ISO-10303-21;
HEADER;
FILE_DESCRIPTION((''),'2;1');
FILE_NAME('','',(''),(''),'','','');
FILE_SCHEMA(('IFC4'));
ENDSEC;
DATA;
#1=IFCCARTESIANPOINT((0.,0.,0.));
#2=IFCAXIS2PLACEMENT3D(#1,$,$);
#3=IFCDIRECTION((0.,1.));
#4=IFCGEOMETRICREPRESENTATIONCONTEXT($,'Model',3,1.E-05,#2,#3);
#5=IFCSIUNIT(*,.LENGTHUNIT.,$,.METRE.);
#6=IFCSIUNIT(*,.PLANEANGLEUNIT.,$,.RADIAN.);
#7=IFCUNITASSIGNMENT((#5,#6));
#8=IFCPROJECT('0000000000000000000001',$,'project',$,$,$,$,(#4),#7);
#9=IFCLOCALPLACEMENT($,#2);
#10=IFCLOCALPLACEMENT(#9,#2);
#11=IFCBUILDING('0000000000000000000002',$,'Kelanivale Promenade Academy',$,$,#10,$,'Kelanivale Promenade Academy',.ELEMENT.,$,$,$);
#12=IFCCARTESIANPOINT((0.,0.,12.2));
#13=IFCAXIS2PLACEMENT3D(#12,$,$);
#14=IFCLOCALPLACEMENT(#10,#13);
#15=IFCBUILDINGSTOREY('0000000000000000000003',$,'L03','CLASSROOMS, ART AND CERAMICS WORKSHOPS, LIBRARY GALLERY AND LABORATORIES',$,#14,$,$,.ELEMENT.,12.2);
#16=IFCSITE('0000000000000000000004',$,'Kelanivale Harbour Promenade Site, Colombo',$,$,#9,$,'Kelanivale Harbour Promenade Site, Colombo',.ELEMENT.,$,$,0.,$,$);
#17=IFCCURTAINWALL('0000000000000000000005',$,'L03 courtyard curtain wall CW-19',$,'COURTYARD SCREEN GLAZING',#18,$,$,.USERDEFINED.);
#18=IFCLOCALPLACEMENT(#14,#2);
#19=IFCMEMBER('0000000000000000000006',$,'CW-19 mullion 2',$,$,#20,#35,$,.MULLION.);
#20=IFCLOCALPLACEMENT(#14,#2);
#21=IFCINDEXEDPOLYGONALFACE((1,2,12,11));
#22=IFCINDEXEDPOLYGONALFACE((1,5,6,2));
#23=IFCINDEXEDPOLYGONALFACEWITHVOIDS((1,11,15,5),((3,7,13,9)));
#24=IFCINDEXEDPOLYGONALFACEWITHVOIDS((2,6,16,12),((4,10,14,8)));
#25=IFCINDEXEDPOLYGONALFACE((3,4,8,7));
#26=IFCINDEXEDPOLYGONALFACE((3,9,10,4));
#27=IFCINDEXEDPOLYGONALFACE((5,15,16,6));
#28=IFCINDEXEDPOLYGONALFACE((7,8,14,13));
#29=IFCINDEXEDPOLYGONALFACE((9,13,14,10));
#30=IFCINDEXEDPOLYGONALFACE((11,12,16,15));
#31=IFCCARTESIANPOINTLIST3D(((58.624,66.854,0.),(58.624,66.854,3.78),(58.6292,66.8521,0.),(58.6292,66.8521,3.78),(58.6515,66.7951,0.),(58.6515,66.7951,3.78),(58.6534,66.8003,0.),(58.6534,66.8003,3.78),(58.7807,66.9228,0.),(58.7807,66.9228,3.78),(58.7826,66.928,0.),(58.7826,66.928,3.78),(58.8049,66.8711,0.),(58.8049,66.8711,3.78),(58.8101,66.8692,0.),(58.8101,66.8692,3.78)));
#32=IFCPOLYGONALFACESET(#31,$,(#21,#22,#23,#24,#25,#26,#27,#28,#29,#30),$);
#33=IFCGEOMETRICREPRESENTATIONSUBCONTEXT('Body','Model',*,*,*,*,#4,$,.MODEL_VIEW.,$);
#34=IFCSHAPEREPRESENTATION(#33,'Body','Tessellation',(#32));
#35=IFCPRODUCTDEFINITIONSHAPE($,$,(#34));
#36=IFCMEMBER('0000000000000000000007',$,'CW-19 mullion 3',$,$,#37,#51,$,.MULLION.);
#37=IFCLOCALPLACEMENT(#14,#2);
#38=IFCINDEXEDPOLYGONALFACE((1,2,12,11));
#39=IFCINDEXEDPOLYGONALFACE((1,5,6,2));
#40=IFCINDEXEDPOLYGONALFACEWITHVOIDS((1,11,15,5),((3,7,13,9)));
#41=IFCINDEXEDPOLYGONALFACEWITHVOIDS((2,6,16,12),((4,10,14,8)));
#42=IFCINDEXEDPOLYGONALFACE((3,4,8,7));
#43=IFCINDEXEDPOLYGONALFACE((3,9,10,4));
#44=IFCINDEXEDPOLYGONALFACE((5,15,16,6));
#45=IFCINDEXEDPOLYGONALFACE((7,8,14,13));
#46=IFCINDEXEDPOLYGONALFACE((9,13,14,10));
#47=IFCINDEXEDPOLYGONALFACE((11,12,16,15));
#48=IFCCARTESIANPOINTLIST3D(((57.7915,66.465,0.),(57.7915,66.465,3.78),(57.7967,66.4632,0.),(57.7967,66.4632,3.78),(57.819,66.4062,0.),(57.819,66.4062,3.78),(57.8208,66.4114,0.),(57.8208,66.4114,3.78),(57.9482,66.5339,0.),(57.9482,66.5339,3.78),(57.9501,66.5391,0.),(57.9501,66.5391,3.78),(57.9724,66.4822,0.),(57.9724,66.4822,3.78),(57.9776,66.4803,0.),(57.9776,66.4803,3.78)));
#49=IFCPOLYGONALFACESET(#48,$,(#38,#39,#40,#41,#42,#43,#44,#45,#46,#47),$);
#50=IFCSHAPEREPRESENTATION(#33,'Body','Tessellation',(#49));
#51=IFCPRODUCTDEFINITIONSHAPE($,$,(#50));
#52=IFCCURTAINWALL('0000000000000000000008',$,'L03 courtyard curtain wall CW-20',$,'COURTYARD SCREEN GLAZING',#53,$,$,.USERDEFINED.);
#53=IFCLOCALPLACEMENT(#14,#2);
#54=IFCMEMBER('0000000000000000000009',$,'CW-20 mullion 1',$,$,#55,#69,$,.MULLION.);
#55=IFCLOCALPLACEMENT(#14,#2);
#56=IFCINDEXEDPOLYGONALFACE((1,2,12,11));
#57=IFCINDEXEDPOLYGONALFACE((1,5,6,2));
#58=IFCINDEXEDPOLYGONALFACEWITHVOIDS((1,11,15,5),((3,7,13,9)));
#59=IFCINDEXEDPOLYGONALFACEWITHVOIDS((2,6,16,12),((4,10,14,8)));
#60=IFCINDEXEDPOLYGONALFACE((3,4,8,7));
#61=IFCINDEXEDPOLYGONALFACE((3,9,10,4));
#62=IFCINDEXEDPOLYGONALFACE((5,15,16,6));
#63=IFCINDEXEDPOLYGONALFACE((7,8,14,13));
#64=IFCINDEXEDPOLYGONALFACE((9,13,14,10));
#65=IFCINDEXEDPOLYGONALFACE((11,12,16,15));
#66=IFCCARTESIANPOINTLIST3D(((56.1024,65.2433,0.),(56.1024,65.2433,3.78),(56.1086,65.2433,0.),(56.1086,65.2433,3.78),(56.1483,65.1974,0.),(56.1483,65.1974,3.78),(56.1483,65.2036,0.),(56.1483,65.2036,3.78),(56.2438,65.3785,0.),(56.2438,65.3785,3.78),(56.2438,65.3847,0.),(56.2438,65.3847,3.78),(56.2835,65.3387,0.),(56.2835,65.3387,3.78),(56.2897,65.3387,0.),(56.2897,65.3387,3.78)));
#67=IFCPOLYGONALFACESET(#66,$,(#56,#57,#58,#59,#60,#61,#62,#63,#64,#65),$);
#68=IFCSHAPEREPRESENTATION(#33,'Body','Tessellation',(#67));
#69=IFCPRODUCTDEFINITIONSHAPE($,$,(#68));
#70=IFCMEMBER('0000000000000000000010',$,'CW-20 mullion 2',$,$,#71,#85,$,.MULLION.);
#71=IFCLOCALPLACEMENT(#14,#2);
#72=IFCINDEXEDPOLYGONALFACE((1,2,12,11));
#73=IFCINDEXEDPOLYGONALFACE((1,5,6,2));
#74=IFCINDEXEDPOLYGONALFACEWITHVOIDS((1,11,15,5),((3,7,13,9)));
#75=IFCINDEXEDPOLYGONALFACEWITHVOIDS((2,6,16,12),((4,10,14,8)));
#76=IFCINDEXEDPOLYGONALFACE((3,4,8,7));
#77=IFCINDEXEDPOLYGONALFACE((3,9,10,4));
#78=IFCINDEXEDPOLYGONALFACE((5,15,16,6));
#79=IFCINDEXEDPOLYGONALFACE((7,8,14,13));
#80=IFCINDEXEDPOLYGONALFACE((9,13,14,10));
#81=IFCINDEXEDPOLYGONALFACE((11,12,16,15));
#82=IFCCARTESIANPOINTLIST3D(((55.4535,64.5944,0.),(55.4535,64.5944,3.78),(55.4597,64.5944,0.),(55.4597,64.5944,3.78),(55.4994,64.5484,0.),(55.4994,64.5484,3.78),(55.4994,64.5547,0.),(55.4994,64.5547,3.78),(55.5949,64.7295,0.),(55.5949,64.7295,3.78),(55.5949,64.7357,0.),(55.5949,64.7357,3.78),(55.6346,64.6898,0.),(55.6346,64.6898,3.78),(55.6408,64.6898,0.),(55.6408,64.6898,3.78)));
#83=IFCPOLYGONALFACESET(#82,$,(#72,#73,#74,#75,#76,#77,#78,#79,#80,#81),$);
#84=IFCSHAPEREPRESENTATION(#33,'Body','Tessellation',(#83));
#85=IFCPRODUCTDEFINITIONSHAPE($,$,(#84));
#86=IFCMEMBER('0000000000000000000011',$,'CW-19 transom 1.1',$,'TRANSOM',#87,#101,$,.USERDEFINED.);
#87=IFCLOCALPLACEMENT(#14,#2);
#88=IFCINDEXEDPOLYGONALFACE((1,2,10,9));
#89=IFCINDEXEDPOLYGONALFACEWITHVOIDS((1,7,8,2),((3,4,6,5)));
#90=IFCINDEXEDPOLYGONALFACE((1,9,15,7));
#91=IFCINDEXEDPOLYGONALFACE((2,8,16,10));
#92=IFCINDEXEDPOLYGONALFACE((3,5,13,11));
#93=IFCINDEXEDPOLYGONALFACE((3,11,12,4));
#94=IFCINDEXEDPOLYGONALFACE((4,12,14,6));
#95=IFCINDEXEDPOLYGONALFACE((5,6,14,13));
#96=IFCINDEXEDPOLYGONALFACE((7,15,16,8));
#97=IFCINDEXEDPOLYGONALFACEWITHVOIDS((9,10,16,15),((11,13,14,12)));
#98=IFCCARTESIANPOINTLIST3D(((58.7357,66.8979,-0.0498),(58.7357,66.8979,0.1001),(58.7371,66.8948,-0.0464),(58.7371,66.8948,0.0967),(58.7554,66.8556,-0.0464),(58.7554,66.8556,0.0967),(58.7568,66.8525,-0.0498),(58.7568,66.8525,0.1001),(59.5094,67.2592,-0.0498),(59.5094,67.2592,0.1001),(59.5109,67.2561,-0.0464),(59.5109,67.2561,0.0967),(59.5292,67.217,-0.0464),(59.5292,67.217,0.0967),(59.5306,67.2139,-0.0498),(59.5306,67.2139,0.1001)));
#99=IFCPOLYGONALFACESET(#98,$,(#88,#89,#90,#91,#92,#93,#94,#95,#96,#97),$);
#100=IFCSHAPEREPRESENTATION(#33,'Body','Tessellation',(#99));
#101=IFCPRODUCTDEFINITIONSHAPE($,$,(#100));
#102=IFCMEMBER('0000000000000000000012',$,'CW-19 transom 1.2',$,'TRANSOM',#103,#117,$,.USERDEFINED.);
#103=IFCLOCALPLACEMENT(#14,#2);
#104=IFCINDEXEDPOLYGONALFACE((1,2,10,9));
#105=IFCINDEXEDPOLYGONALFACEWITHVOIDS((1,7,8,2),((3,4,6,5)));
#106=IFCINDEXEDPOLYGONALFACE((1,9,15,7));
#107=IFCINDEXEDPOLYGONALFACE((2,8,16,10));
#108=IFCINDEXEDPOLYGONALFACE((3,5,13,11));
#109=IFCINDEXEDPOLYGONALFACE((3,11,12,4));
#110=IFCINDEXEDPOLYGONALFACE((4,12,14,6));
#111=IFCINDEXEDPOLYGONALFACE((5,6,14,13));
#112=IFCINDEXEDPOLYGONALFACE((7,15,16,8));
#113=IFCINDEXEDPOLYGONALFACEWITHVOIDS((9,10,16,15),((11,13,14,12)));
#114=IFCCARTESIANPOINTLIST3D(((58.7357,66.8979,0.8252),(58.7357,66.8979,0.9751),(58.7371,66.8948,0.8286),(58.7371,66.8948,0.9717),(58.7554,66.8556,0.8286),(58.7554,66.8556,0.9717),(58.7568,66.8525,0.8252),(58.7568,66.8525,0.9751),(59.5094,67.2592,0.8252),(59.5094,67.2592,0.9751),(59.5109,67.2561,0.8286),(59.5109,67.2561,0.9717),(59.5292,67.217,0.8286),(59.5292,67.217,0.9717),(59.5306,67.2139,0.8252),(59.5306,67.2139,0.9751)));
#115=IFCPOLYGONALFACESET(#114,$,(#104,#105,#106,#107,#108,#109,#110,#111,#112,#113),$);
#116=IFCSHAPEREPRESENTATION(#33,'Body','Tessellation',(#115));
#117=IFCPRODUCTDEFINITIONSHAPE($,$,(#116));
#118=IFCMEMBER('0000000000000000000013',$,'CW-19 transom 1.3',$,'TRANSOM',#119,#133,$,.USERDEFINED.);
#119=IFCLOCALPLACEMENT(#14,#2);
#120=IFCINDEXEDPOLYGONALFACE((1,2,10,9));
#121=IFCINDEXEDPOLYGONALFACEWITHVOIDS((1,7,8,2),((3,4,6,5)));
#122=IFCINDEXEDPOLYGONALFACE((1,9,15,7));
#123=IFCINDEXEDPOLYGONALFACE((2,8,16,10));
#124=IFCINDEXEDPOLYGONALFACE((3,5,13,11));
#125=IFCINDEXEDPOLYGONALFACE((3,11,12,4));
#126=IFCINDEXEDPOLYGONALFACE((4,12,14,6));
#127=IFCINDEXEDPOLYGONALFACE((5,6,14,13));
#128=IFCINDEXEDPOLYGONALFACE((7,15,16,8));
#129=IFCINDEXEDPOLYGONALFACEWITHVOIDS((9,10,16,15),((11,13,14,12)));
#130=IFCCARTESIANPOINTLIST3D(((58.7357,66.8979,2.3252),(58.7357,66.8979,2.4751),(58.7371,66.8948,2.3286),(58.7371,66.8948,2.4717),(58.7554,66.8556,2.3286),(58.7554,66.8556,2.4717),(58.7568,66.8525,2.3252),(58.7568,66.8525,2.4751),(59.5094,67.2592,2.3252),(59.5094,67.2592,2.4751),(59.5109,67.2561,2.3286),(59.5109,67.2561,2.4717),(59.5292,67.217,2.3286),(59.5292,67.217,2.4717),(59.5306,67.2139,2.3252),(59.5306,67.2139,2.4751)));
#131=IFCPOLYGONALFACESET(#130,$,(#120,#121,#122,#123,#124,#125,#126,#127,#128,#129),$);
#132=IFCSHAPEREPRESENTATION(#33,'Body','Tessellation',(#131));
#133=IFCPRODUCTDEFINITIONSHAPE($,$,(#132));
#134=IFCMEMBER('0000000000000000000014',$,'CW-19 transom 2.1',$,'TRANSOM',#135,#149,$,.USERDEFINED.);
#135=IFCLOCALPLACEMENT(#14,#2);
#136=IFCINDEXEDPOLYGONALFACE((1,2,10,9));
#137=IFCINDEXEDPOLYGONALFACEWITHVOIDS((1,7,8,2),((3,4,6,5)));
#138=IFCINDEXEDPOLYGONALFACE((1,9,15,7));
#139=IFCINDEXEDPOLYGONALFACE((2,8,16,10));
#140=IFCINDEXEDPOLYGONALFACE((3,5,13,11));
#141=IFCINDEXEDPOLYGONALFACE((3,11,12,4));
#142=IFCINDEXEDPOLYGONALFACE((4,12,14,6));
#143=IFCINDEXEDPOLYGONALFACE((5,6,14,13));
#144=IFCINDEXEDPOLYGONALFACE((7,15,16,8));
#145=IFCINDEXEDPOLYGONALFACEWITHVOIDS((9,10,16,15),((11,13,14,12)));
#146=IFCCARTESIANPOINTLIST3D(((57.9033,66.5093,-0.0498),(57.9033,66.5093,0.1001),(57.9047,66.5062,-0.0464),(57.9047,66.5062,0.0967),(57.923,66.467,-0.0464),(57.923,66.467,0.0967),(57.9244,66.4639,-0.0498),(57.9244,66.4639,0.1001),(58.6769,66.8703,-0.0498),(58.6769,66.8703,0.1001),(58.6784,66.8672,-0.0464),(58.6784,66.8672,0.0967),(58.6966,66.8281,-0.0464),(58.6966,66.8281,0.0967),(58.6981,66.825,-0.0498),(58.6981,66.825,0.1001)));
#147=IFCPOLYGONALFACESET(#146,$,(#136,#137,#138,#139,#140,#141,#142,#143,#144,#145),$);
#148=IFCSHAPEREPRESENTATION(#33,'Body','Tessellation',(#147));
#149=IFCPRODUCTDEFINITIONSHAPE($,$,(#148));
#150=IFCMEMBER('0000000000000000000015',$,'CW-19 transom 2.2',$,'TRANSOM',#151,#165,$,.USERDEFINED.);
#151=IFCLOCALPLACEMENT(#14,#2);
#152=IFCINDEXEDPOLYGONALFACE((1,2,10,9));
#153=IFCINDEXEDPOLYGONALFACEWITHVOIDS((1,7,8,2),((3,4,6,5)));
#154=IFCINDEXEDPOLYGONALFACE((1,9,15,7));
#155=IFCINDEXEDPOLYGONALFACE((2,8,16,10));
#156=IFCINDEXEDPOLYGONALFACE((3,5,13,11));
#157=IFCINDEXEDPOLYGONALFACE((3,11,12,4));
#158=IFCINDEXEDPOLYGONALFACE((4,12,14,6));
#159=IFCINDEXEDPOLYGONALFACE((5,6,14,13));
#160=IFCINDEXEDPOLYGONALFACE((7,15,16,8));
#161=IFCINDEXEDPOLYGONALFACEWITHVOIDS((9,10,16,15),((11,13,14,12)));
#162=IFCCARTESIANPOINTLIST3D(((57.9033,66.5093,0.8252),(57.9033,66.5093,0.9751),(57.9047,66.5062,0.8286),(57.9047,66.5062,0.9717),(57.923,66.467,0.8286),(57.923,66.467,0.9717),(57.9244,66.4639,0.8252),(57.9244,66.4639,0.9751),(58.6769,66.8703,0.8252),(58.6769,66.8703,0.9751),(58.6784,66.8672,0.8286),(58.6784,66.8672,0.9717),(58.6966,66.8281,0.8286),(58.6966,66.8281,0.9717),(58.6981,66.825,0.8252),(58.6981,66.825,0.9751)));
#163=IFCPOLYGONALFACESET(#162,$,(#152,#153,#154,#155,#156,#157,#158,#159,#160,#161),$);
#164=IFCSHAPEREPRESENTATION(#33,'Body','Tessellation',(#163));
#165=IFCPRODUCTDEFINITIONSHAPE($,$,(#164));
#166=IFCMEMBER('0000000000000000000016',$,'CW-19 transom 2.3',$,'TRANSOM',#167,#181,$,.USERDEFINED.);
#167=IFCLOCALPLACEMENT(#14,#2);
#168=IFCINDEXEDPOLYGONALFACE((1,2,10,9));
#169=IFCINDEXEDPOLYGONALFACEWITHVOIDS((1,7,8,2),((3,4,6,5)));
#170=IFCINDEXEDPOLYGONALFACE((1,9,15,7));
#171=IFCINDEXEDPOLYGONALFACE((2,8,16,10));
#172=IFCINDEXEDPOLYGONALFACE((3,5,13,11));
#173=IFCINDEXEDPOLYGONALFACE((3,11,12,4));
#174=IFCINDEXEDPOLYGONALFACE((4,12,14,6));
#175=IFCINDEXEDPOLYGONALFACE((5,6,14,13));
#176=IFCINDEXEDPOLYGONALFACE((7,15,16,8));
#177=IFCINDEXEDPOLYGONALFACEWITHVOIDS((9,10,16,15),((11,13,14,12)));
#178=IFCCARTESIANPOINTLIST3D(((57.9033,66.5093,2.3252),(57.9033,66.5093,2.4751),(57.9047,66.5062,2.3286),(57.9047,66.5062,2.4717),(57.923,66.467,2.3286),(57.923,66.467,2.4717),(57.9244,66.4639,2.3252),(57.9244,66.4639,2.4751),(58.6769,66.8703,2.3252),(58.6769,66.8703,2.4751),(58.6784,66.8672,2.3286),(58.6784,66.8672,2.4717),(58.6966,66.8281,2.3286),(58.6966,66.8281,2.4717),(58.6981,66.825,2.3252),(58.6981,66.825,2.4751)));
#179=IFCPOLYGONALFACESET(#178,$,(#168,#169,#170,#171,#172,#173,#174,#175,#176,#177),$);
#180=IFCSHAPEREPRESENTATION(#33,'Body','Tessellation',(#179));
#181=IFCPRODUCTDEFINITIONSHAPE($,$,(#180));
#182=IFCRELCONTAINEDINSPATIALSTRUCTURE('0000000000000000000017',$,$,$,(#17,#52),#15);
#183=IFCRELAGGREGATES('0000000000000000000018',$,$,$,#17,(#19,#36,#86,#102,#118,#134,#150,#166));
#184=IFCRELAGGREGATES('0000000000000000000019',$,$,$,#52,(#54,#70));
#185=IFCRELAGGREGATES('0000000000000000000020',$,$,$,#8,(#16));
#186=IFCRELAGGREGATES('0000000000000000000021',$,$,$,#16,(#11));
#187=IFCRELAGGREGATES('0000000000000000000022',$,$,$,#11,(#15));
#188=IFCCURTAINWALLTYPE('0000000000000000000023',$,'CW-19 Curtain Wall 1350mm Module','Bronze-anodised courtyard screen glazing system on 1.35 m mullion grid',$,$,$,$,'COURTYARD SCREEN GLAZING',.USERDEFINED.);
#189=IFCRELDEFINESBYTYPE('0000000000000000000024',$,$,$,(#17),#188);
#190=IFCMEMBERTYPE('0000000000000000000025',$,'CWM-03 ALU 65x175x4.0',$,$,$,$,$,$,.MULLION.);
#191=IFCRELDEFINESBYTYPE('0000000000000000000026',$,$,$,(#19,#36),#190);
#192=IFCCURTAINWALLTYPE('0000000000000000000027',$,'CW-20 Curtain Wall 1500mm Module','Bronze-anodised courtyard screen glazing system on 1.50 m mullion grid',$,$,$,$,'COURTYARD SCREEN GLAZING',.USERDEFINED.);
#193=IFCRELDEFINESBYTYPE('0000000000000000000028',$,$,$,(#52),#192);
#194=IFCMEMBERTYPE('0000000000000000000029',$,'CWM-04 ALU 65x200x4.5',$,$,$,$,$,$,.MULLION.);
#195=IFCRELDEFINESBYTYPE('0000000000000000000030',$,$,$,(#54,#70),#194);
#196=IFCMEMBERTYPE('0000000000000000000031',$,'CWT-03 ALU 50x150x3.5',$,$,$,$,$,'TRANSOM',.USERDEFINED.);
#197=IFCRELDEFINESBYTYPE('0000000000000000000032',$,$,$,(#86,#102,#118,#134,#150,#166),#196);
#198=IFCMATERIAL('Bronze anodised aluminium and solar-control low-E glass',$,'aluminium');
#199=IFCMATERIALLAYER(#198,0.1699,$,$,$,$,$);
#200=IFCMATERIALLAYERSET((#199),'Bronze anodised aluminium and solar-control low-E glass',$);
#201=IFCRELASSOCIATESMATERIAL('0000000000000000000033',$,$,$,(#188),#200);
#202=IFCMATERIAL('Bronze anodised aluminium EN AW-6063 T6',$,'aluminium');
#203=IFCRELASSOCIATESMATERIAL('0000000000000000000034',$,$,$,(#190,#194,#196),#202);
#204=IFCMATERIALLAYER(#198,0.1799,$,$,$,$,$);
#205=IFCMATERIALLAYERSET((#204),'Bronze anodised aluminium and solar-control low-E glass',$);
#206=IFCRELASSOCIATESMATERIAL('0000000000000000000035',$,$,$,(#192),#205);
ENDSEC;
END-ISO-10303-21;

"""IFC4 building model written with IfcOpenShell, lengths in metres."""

from ifc_helpers import new_model, si_unit, direction, frame, origin, origin_2d, place, context, subcontext, project, spatial, hollow_rectangle, extrude, material, layer, layer_set, material_profile, profile_set, type_object, element, aggregate, save


model = new_model("IFC4")

# Units and contexts
model_context = context("Model", 3, precision=1e-05, world=origin(), true_north=direction((0.0, 1.0)))
body_context = subcontext(model_context, "Body", "Model", "MODEL_VIEW")
ifc_project = project(units=[si_unit("LENGTHUNIT", "METRE"), si_unit("PLANEANGLEUNIT", "RADIAN")], contexts=[model_context])

# Site, building, storey
site_placement = place(None, origin())
site = spatial("IfcSite", under=ifc_project, at=site_placement, Name="Kelanivale Harbour Promenade Site, Colombo", LongName="Kelanivale Harbour Promenade Site, Colombo", CompositionType="ELEMENT", RefElevation=0.0)
building_placement = place(site_placement, origin())
building = spatial("IfcBuilding", under=site, at=building_placement, Name="Kelanivale Promenade Academy", LongName="Kelanivale Promenade Academy", CompositionType="ELEMENT")
storey_placement = place(building_placement, frame((0.0, 0.0, 12.2)))
storey = spatial("IfcBuildingStorey", under=building, at=storey_placement, Name="L03", Description="CLASSROOMS, ART AND CERAMICS WORKSHOPS, LIBRARY GALLERY AND LABORATORIES", CompositionType="ELEMENT", Elevation=12.2)

# Curtain walls, members
ifc_material_1 = material(Name="Bronze anodised aluminium and solar-control low-E glass", Category="aluminium")
ifc_layer_1 = layer(ifc_material_1, 0.1699)
ifc_layer_set_1 = layer_set([ifc_layer_1], Name="Bronze anodised aluminium and solar-control low-E glass")
curtain_wall_type_1 = type_object("IfcCurtainWallType", Name="CW-19 Curtain Wall 1350mm Module", Description="Bronze-anodised courtyard screen glazing system on 1.35 m mullion grid", ElementType="COURTYARD SCREEN GLAZING", PredefinedType="USERDEFINED", material=ifc_layer_set_1)
curtain_wall_1_placement = place(storey_placement, origin())
curtain_wall_1 = element("IfcCurtainWall", 1, at=curtain_wall_1_placement, inside=storey, type_object=curtain_wall_type_1, Name="L03 courtyard curtain wall CW-19", ObjectType="COURTYARD SCREEN GLAZING", PredefinedType="USERDEFINED")
ifc_material_2 = material(Name="Bronze anodised aluminium EN AW-6063 T6", Category="aluminium")
ifc_material_profile_1 = material_profile(ifc_material_2, hollow_rectangle(XDim=0.0649, YDim=0.175, WallThickness=0.0039, at=origin_2d()), Name="ALU 65x175x4.0")
ifc_profile_set_1 = profile_set([ifc_material_profile_1], Name="Bronze anodised aluminium EN AW-6063 T6")
member_type_1 = type_object("IfcMemberType", Name="CWM-03 ALU 65x175x4.0", PredefinedType="MULLION", material=ifc_profile_set_1)
member_1_placement = place(storey_placement, frame((58.717, 66.8616, 0.0), z_axis=(0.0, 0.0, 1.0), x_axis=(0.423087, -0.906089, 0.0)))
member_1 = element("IfcMember", 2, at=member_1_placement, type_object=member_type_1, Name="CW-19 mullion 2", PredefinedType="MULLION", context=body_context, shape_type="SweptSolid", body=[
    extrude(hollow_rectangle(XDim=0.0649, YDim=0.175, WallThickness=0.0039, at=origin_2d()), origin(), (0.0, 0.0, 1.0), 3.78),
])
member_2_placement = place(storey_placement, frame((57.8845, 66.4727, 0.0), z_axis=(0.0, 0.0, 1.0), x_axis=(0.423087, -0.906089, 0.0)))
member_2 = element("IfcMember", 3, at=member_2_placement, type_object=member_type_1, Name="CW-19 mullion 3", PredefinedType="MULLION", context=body_context, shape_type="SweptSolid", body=[
    extrude(hollow_rectangle(XDim=0.0649, YDim=0.175, WallThickness=0.0039, at=origin_2d()), origin(), (0.0, 0.0, 1.0), 3.78),
])
ifc_layer_2 = layer(ifc_material_1, 0.1799)
ifc_layer_set_2 = layer_set([ifc_layer_2], Name="Bronze anodised aluminium and solar-control low-E glass")
curtain_wall_type_2 = type_object("IfcCurtainWallType", Name="CW-20 Curtain Wall 1500mm Module", Description="Bronze-anodised courtyard screen glazing system on 1.50 m mullion grid", ElementType="COURTYARD SCREEN GLAZING", PredefinedType="USERDEFINED", material=ifc_layer_set_2)
curtain_wall_2_placement = place(storey_placement, origin())
curtain_wall_2 = element("IfcCurtainWall", 4, at=curtain_wall_2_placement, inside=storey, type_object=curtain_wall_type_2, Name="L03 courtyard curtain wall CW-20", ObjectType="COURTYARD SCREEN GLAZING", PredefinedType="USERDEFINED")
ifc_material_profile_2 = material_profile(ifc_material_2, hollow_rectangle(XDim=0.0649, YDim=0.2, WallThickness=0.0044, at=origin_2d()), Name="ALU 65x200x4.5")
ifc_profile_set_2 = profile_set([ifc_material_profile_2], Name="Bronze anodised aluminium EN AW-6063 T6")
member_type_2 = type_object("IfcMemberType", Name="CWM-04 ALU 65x200x4.5", PredefinedType="MULLION", material=ifc_profile_set_2)
member_3_placement = place(storey_placement, frame((56.196, 65.291, 0.0), z_axis=(0.0, 0.0, 1.0), x_axis=(0.707107, -0.707107, 0.0)))
member_3 = element("IfcMember", 5, at=member_3_placement, type_object=member_type_2, Name="CW-20 mullion 1", PredefinedType="MULLION", context=body_context, shape_type="SweptSolid", body=[
    extrude(hollow_rectangle(XDim=0.0649, YDim=0.2, WallThickness=0.0044, at=origin_2d()), origin(), (0.0, 0.0, 1.0), 3.78),
])
member_4_placement = place(storey_placement, frame((55.5471, 64.6421, 0.0), z_axis=(0.0, 0.0, 1.0), x_axis=(0.707107, -0.707107, 0.0)))
member_4 = element("IfcMember", 6, at=member_4_placement, type_object=member_type_2, Name="CW-20 mullion 2", PredefinedType="MULLION", context=body_context, shape_type="SweptSolid", body=[
    extrude(hollow_rectangle(XDim=0.0649, YDim=0.2, WallThickness=0.0044, at=origin_2d()), origin(), (0.0, 0.0, 1.0), 3.78),
])

# Members
ifc_material_profile_3 = material_profile(ifc_material_2, hollow_rectangle(XDim=0.05, YDim=0.1499, WallThickness=0.0034, at=origin_2d()), Name="ALU 50x150x3.5")
ifc_profile_set_3 = profile_set([ifc_material_profile_3], Name="Bronze anodised aluminium EN AW-6063 T6")
member_type_3 = type_object("IfcMemberType", Name="CWT-03 ALU 50x150x3.5", ElementType="TRANSOM", PredefinedType="USERDEFINED", material=ifc_profile_set_3)
member_5_placement = place(storey_placement, frame((59.52, 67.2366, 0.0251), z_axis=(-0.906059, -0.423152, 0.0), x_axis=(0.423152, -0.906059, 0.0)))
member_5 = element("IfcMember", 7, at=member_5_placement, type_object=member_type_3, Name="CW-19 transom 1.1", ObjectType="TRANSOM", PredefinedType="USERDEFINED", context=body_context, shape_type="SweptSolid", body=[
    extrude(hollow_rectangle(XDim=0.05, YDim=0.1499, WallThickness=0.0034, at=origin_2d()), origin(), (0.0, 0.0, 1.0), 0.854),
])
member_6_placement = place(storey_placement, frame((59.52, 67.2366, 0.9001), z_axis=(-0.906059, -0.423152, 0.0), x_axis=(0.423152, -0.906059, 0.0)))
member_6 = element("IfcMember", 8, at=member_6_placement, type_object=member_type_3, Name="CW-19 transom 1.2", ObjectType="TRANSOM", PredefinedType="USERDEFINED", context=body_context, shape_type="SweptSolid", body=[
    extrude(hollow_rectangle(XDim=0.05, YDim=0.1499, WallThickness=0.0034, at=origin_2d()), origin(), (0.0, 0.0, 1.0), 0.854),
])
member_7_placement = place(storey_placement, frame((59.52, 67.2366, 2.4001), z_axis=(-0.906059, -0.423152, 0.0), x_axis=(0.423152, -0.906059, 0.0)))
member_7 = element("IfcMember", 9, at=member_7_placement, type_object=member_type_3, Name="CW-19 transom 1.3", ObjectType="TRANSOM", PredefinedType="USERDEFINED", context=body_context, shape_type="SweptSolid", body=[
    extrude(hollow_rectangle(XDim=0.05, YDim=0.1499, WallThickness=0.0034, at=origin_2d()), origin(), (0.0, 0.0, 1.0), 0.854),
])
member_8_placement = place(storey_placement, frame((58.6875, 66.8477, 0.0251), z_axis=(-0.906169, -0.422917, 0.0), x_axis=(0.422917, -0.906169, 0.0)))
member_8 = element("IfcMember", 10, at=member_8_placement, type_object=member_type_3, Name="CW-19 transom 2.1", ObjectType="TRANSOM", PredefinedType="USERDEFINED", context=body_context, shape_type="SweptSolid", body=[
    extrude(hollow_rectangle(XDim=0.05, YDim=0.1499, WallThickness=0.0034, at=origin_2d()), origin(), (0.0, 0.0, 1.0), 0.8538),
])
member_9_placement = place(storey_placement, frame((58.6875, 66.8477, 0.9001), z_axis=(-0.906169, -0.422917, 0.0), x_axis=(0.422917, -0.906169, 0.0)))
member_9 = element("IfcMember", 11, at=member_9_placement, type_object=member_type_3, Name="CW-19 transom 2.2", ObjectType="TRANSOM", PredefinedType="USERDEFINED", context=body_context, shape_type="SweptSolid", body=[
    extrude(hollow_rectangle(XDim=0.05, YDim=0.1499, WallThickness=0.0034, at=origin_2d()), origin(), (0.0, 0.0, 1.0), 0.8538),
])
member_10_placement = place(storey_placement, frame((58.6875, 66.8477, 2.4001), z_axis=(-0.906169, -0.422917, 0.0), x_axis=(0.422917, -0.906169, 0.0)))
member_10 = element("IfcMember", 12, at=member_10_placement, type_object=member_type_3, Name="CW-19 transom 2.3", ObjectType="TRANSOM", PredefinedType="USERDEFINED", context=body_context, shape_type="SweptSolid", body=[
    extrude(hollow_rectangle(XDim=0.05, YDim=0.1499, WallThickness=0.0034, at=origin_2d()), origin(), (0.0, 0.0, 1.0), 0.8538),
])

aggregate(curtain_wall_1, [member_1, member_2, member_5, member_6, member_7, member_8, member_9, member_10])
aggregate(curtain_wall_2, [member_3, member_4])

save(model, "model.ifc")
